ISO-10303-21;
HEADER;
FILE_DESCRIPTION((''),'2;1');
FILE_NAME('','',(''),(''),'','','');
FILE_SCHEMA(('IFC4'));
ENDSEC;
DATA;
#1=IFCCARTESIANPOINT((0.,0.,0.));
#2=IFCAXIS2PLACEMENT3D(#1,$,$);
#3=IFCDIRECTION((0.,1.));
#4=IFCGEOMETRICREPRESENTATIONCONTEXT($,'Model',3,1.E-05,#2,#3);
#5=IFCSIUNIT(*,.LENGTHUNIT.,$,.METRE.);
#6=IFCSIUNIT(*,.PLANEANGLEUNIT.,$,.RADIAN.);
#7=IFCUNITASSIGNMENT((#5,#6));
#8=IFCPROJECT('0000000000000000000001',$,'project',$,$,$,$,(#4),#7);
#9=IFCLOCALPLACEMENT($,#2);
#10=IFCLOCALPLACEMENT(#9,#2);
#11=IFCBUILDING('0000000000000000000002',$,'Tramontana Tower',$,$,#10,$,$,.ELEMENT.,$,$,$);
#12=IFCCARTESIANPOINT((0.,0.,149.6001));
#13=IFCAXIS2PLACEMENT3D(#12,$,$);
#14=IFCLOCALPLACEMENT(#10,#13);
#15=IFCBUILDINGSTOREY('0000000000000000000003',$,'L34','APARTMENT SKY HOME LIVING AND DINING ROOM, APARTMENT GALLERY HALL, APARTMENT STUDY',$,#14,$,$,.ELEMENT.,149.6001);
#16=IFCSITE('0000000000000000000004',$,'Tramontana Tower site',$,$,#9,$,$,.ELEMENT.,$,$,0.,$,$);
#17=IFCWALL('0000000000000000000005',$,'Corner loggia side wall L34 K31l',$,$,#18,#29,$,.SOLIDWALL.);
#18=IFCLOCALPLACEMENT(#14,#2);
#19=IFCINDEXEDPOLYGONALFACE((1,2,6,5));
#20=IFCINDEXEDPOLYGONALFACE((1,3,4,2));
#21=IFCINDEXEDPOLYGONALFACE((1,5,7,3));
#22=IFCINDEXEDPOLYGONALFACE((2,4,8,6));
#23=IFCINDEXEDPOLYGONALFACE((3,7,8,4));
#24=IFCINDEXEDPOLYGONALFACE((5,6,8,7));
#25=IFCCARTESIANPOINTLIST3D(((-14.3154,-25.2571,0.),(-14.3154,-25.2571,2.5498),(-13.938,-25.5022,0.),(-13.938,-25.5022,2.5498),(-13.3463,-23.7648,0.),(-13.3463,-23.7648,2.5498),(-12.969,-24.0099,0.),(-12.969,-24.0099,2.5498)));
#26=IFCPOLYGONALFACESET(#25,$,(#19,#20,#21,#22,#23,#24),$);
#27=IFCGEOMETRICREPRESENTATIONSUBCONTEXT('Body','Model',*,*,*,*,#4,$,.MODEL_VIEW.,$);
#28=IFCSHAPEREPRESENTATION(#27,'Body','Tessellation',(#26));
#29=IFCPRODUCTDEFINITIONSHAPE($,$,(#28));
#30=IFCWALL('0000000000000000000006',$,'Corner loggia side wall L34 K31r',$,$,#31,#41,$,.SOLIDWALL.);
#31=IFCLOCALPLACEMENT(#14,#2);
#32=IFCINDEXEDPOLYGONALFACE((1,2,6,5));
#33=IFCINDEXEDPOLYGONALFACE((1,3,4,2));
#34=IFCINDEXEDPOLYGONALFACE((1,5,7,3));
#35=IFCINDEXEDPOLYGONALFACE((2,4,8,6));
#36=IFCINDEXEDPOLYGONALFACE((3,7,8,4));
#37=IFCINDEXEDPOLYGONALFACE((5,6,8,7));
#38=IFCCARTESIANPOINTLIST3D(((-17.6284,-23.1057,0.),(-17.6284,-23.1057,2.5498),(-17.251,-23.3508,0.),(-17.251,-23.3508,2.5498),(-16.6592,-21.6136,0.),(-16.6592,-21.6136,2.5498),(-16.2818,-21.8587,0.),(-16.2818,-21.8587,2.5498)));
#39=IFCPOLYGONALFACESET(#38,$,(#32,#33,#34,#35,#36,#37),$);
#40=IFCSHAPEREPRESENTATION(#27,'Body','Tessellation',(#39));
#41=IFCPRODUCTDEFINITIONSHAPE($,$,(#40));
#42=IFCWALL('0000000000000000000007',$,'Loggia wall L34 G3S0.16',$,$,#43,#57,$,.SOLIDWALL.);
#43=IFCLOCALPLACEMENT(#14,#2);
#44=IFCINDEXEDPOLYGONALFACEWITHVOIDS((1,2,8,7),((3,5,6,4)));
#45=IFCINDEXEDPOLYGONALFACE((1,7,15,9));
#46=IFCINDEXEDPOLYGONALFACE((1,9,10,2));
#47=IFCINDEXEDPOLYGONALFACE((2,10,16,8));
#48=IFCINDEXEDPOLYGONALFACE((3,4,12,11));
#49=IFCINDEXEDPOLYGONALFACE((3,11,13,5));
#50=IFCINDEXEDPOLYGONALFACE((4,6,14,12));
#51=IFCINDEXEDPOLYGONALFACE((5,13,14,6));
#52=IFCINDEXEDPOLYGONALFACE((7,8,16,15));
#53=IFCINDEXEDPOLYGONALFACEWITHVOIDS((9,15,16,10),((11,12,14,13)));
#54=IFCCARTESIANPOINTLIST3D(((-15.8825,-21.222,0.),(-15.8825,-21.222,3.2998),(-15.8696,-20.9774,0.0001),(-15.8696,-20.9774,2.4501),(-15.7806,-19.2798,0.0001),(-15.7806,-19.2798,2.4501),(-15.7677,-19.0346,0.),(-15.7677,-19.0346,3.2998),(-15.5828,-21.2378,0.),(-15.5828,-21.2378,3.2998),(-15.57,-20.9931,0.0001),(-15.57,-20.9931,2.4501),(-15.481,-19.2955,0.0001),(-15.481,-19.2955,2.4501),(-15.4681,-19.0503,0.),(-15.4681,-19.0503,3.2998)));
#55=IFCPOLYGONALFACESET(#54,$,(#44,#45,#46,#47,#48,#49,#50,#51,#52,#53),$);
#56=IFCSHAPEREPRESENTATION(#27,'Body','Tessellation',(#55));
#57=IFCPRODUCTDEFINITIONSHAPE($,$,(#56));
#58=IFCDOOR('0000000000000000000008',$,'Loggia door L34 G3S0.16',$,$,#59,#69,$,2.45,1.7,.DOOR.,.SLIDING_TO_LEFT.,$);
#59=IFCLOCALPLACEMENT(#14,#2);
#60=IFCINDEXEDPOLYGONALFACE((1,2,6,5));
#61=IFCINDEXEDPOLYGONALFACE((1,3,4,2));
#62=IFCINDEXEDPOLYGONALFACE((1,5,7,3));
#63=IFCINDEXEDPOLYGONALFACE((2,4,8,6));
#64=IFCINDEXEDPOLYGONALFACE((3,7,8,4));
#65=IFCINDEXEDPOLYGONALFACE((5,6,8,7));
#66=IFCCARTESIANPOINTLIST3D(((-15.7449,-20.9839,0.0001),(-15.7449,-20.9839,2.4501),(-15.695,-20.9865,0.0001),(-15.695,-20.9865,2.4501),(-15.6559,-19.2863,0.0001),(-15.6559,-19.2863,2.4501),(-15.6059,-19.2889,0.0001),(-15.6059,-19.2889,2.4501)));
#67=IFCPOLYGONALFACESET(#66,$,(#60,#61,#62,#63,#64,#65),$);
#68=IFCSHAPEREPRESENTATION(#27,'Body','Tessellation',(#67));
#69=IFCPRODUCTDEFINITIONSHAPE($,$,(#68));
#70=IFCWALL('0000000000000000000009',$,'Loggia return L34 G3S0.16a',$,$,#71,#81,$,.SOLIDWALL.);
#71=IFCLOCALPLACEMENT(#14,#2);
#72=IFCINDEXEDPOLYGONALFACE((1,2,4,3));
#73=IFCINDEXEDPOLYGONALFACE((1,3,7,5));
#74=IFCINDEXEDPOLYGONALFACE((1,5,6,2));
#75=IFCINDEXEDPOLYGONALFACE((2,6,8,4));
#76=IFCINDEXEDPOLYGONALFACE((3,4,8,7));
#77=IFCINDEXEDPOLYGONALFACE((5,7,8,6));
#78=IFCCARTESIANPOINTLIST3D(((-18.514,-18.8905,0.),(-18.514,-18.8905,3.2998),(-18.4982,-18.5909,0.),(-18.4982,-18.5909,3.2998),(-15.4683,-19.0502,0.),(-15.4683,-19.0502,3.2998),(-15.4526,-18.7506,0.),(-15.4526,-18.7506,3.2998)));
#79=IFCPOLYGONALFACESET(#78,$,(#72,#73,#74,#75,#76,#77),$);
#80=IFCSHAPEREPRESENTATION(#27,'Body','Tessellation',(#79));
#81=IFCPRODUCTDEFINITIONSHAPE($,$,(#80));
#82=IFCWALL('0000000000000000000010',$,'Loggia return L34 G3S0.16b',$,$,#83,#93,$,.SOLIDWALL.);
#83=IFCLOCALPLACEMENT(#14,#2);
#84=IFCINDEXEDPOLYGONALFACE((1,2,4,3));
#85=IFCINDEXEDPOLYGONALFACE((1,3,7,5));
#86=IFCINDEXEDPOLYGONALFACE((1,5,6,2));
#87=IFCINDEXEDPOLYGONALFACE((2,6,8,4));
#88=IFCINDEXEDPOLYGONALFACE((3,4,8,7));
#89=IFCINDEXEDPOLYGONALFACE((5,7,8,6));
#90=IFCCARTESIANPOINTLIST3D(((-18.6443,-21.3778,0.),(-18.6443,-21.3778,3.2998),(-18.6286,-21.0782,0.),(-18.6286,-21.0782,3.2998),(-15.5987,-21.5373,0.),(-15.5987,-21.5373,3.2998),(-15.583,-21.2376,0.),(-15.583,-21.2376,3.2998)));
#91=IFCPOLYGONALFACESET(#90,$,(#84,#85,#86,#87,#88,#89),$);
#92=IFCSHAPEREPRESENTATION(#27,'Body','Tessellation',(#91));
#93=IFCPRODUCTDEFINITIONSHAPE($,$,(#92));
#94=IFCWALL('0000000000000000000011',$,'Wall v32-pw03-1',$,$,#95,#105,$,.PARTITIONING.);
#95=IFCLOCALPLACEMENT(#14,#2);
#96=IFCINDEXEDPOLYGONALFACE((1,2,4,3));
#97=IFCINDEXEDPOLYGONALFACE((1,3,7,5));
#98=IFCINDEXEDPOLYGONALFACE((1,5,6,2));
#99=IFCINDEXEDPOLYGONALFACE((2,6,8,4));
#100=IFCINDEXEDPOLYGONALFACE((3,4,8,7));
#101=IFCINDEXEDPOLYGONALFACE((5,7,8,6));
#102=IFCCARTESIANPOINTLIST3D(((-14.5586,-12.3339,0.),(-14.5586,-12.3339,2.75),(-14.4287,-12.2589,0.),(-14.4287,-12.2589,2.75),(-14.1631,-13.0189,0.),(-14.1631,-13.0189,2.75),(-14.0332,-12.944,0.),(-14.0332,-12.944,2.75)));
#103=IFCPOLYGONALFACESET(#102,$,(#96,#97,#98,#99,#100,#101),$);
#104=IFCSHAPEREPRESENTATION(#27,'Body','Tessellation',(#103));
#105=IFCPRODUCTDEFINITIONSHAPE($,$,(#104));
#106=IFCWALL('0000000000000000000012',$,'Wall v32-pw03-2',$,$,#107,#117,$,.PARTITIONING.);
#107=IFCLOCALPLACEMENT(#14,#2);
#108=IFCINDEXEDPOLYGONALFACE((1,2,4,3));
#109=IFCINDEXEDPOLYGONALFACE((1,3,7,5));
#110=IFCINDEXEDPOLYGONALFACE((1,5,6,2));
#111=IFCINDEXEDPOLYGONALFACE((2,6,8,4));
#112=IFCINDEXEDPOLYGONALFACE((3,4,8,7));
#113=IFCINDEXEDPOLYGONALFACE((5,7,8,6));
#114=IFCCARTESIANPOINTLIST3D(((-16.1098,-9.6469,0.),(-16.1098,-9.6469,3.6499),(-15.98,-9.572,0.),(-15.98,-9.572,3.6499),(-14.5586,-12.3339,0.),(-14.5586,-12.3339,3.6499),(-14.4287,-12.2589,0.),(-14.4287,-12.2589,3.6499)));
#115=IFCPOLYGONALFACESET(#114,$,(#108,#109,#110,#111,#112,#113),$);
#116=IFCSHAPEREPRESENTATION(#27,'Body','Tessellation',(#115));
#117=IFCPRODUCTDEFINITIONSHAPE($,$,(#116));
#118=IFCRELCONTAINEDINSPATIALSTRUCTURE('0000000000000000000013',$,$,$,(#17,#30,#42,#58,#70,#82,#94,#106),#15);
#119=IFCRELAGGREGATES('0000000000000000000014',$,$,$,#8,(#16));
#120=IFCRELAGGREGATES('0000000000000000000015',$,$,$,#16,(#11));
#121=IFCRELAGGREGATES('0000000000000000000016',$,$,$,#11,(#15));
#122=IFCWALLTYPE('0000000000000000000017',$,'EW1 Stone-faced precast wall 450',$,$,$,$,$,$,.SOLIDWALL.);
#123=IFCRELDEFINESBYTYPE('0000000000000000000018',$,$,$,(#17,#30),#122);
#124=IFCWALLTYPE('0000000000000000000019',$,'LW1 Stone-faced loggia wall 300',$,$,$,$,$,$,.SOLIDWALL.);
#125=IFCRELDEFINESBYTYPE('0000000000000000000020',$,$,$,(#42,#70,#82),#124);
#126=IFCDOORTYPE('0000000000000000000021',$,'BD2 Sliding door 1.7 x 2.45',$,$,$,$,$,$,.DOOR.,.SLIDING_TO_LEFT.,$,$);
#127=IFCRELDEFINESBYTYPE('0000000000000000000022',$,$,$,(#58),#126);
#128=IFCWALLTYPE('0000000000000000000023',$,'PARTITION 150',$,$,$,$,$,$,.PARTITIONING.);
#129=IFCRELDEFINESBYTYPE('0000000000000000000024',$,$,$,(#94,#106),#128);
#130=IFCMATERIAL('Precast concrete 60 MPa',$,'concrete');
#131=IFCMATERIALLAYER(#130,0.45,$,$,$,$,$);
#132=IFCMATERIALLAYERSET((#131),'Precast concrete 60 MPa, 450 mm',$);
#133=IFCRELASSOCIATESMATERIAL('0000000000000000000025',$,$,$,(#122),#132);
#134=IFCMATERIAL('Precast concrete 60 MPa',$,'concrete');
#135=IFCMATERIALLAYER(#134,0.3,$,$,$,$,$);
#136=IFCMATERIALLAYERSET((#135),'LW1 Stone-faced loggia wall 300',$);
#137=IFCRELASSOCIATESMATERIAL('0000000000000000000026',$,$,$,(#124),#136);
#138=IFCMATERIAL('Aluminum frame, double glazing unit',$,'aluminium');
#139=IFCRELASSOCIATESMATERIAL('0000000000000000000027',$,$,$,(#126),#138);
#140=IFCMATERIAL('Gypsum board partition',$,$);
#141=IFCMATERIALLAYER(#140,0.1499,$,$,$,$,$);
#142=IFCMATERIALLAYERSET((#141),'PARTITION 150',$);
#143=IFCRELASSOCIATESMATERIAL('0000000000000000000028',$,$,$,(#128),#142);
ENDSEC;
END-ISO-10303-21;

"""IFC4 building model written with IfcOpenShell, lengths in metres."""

from ifc_helpers import new_model, si_unit, direction, frame, frame_2d, origin, place, context, subcontext, project, spatial, rectangle, extrude, material, layer, layer_set, type_object, element, fill, save


model = new_model("IFC4")

# Units and contexts
model_context = context("Model", 3, precision=1e-05, world=origin(), true_north=direction((0.0, 1.0)))
body_context = subcontext(model_context, "Body", "Model", "MODEL_VIEW")
ifc_project = project(units=[si_unit("LENGTHUNIT", "METRE"), si_unit("PLANEANGLEUNIT", "RADIAN")], contexts=[model_context])

# Site, building, storey
site_placement = place(None, origin())
site = spatial("IfcSite", under=ifc_project, at=site_placement, Name="Tramontana Tower site", CompositionType="ELEMENT", RefElevation=0.0)
building_placement = place(site_placement, origin())
building = spatial("IfcBuilding", under=site, at=building_placement, Name="Tramontana Tower", CompositionType="ELEMENT")
storey_placement = place(building_placement, frame((0.0, 0.0, 149.6001)))
storey = spatial("IfcBuildingStorey", under=building, at=storey_placement, Name="L34", Description="APARTMENT SKY HOME LIVING AND DINING ROOM, APARTMENT GALLERY HALL, APARTMENT STUDY", CompositionType="ELEMENT", Elevation=149.6001)

# Shared definitions
ifc_material_1 = material(Name="Precast concrete 60 MPa", Category="concrete")
ifc_layer_1 = layer(ifc_material_1, 0.45)
ifc_layer_set_1 = layer_set([ifc_layer_1], Name="Precast concrete 60 MPa, 450 mm")
wall_type_1 = type_object("IfcWallType", Name="EW1 Stone-faced precast wall 450", PredefinedType="SOLIDWALL", material=ifc_layer_set_1)

# Walls
for number, where, z_axis, x_axis, name in (
    (1, (-14.1267, -25.3796, 0.0), (0.0, 0.0, 1.0), (0.544622, 0.838682, 0.0), "Corner loggia side wall L34 K31l"),
    (2, (-17.4397, -23.2283, 0.0), (0.0, 0.0, 1.0), (0.544718, 0.838619, 0.0), "Corner loggia side wall L34 K31r"),
):
    element("IfcWall", number, at=place(storey_placement, frame(where, z_axis=z_axis, x_axis=x_axis)), inside=storey, type_object=wall_type_1, Name=name, PredefinedType="SOLIDWALL", context=body_context, shape_type="SweptSolid", body=[
        extrude(rectangle(XDim=1.7793, YDim=0.45, at=frame_2d((0.8896, 0.0))), origin(), (0.0, 0.0, 1.0), 2.5498),
    ])

# Wall, opening, door
ifc_material_2 = material(Name="Precast concrete 60 MPa", Category="concrete")
ifc_layer_2 = layer(ifc_material_2, 0.3)
ifc_layer_set_2 = layer_set([ifc_layer_2], Name="LW1 Stone-faced loggia wall 300")
wall_type_2 = type_object("IfcWallType", Name="LW1 Stone-faced loggia wall 300", PredefinedType="SOLIDWALL", material=ifc_layer_set_2)
wall_1_placement = place(storey_placement, frame((-15.6179, -19.0425, 0.0), z_axis=(0.0, 0.0, 1.0), x_axis=(-0.052383, -0.998627, 0.0)))
wall_1 = element("IfcWall", 3, at=wall_1_placement, inside=storey, type_object=wall_type_2, Name="Loggia wall L34 G3S0.16", PredefinedType="SOLIDWALL", context=body_context, shape_type="SweptSolid", body=[
    extrude(rectangle(XDim=2.1904, YDim=0.3, at=frame_2d((1.0952, 0.0))), origin(), (0.0, 0.0, 1.0), 3.2998),
])
opening_1_placement = place(wall_1_placement, frame((0.2454, 0.0, 0.0)))
opening_1 = element("IfcOpeningElement", 4, at=opening_1_placement, cuts=wall_1, PredefinedType="OPENING", context=body_context, shape_type="SweptSolid", body=[
    extrude(rectangle(XDim=1.7, YDim=2.45, at=frame_2d((0.8501, 1.2251))), frame((0.0, 0.1599, 0.0), z_axis=(0.0, -1.0, 0.0), x_axis=(1.0, 0.0, 0.0)), (0.0, 0.0, 1.0), 0.3201),
])
ifc_material_3 = material(Name="Aluminum frame, double glazing unit", Category="aluminium")
door_type = type_object("IfcDoorType", Name="BD2 Sliding door 1.7 x 2.45", OperationType="SLIDING_TO_LEFT", PredefinedType="DOOR", material=ifc_material_3)
door_placement = place(opening_1_placement, origin())
door = element("IfcDoor", 5, at=door_placement, inside=storey, type_object=door_type, Name="Loggia door L34 G3S0.16", OperationType="SLIDING_TO_LEFT", OverallHeight=2.45, OverallWidth=1.7, PredefinedType="DOOR", context=body_context, shape_type="SweptSolid", body=[
    extrude(rectangle(XDim=1.7, YDim=2.45, at=frame_2d((0.8501, 1.2251))), frame((0.0, 0.0249, 0.0), z_axis=(0.0, -1.0, 0.0), x_axis=(1.0, 0.0, 0.0)), (0.0, 0.0, 1.0), 0.05),
])
fill(opening_1, door)

# Walls
for number, where, z_axis, x_axis, name in (
    (6, (-18.5061, -18.7407, 0.0), (0.0, 0.0, 1.0), (0.998629, -0.052353, 0.0), "Loggia return L34 G3S0.16a"),
    (7, (-18.6365, -21.228, 0.0), (0.0, 0.0, 1.0), (0.998633, -0.052273, 0.0), "Loggia return L34 G3S0.16b"),
):
    element("IfcWall", number, at=place(storey_placement, frame(where, z_axis=z_axis, x_axis=x_axis)), inside=storey, type_object=wall_type_2, Name=name, PredefinedType="SOLIDWALL", context=body_context, shape_type="SweptSolid", body=[
        extrude(rectangle(XDim=3.0498, YDim=0.3, at=frame_2d((1.5249, 0.0))), origin(), (0.0, 0.0, 1.0), 3.2998),
    ])
ifc_material_4 = material(Name="Gypsum board partition")
ifc_layer_3 = layer(ifc_material_4, 0.1499)
ifc_layer_set_3 = layer_set([ifc_layer_3], Name="PARTITION 150")
wall_type_3 = type_object("IfcWallType", Name="PARTITION 150", PredefinedType="PARTITIONING", material=ifc_layer_set_3)
wall_2_placement = place(storey_placement, frame((-14.0981, -12.9814, 0.0), z_axis=(0.0, 0.0, 1.0), x_axis=(-0.49999, 0.866031, 0.0)))
element("IfcWall", 8, at=wall_2_placement, inside=storey, type_object=wall_type_3, Name="Wall v32-pw03-1", PredefinedType="PARTITIONING", context=body_context, shape_type="SweptSolid", body=[
    extrude(rectangle(XDim=0.791, YDim=0.1499, at=frame_2d((0.3955, 0.0))), origin(), (0.0, 0.0, 1.0), 2.75),
])
wall_3_placement = place(storey_placement, frame((-14.4937, -12.2964, 0.0), z_axis=(0.0, 0.0, 1.0), x_axis=(-0.499981, 0.866036, 0.0)))
element("IfcWall", 9, at=wall_3_placement, inside=storey, type_object=wall_type_3, Name="Wall v32-pw03-2", PredefinedType="PARTITIONING", context=body_context, shape_type="SweptSolid", body=[
    extrude(rectangle(XDim=3.1025, YDim=0.1499, at=frame_2d((1.5513, 0.0))), origin(), (0.0, 0.0, 1.0), 3.6499),
])

save(model, "model.ifc")
